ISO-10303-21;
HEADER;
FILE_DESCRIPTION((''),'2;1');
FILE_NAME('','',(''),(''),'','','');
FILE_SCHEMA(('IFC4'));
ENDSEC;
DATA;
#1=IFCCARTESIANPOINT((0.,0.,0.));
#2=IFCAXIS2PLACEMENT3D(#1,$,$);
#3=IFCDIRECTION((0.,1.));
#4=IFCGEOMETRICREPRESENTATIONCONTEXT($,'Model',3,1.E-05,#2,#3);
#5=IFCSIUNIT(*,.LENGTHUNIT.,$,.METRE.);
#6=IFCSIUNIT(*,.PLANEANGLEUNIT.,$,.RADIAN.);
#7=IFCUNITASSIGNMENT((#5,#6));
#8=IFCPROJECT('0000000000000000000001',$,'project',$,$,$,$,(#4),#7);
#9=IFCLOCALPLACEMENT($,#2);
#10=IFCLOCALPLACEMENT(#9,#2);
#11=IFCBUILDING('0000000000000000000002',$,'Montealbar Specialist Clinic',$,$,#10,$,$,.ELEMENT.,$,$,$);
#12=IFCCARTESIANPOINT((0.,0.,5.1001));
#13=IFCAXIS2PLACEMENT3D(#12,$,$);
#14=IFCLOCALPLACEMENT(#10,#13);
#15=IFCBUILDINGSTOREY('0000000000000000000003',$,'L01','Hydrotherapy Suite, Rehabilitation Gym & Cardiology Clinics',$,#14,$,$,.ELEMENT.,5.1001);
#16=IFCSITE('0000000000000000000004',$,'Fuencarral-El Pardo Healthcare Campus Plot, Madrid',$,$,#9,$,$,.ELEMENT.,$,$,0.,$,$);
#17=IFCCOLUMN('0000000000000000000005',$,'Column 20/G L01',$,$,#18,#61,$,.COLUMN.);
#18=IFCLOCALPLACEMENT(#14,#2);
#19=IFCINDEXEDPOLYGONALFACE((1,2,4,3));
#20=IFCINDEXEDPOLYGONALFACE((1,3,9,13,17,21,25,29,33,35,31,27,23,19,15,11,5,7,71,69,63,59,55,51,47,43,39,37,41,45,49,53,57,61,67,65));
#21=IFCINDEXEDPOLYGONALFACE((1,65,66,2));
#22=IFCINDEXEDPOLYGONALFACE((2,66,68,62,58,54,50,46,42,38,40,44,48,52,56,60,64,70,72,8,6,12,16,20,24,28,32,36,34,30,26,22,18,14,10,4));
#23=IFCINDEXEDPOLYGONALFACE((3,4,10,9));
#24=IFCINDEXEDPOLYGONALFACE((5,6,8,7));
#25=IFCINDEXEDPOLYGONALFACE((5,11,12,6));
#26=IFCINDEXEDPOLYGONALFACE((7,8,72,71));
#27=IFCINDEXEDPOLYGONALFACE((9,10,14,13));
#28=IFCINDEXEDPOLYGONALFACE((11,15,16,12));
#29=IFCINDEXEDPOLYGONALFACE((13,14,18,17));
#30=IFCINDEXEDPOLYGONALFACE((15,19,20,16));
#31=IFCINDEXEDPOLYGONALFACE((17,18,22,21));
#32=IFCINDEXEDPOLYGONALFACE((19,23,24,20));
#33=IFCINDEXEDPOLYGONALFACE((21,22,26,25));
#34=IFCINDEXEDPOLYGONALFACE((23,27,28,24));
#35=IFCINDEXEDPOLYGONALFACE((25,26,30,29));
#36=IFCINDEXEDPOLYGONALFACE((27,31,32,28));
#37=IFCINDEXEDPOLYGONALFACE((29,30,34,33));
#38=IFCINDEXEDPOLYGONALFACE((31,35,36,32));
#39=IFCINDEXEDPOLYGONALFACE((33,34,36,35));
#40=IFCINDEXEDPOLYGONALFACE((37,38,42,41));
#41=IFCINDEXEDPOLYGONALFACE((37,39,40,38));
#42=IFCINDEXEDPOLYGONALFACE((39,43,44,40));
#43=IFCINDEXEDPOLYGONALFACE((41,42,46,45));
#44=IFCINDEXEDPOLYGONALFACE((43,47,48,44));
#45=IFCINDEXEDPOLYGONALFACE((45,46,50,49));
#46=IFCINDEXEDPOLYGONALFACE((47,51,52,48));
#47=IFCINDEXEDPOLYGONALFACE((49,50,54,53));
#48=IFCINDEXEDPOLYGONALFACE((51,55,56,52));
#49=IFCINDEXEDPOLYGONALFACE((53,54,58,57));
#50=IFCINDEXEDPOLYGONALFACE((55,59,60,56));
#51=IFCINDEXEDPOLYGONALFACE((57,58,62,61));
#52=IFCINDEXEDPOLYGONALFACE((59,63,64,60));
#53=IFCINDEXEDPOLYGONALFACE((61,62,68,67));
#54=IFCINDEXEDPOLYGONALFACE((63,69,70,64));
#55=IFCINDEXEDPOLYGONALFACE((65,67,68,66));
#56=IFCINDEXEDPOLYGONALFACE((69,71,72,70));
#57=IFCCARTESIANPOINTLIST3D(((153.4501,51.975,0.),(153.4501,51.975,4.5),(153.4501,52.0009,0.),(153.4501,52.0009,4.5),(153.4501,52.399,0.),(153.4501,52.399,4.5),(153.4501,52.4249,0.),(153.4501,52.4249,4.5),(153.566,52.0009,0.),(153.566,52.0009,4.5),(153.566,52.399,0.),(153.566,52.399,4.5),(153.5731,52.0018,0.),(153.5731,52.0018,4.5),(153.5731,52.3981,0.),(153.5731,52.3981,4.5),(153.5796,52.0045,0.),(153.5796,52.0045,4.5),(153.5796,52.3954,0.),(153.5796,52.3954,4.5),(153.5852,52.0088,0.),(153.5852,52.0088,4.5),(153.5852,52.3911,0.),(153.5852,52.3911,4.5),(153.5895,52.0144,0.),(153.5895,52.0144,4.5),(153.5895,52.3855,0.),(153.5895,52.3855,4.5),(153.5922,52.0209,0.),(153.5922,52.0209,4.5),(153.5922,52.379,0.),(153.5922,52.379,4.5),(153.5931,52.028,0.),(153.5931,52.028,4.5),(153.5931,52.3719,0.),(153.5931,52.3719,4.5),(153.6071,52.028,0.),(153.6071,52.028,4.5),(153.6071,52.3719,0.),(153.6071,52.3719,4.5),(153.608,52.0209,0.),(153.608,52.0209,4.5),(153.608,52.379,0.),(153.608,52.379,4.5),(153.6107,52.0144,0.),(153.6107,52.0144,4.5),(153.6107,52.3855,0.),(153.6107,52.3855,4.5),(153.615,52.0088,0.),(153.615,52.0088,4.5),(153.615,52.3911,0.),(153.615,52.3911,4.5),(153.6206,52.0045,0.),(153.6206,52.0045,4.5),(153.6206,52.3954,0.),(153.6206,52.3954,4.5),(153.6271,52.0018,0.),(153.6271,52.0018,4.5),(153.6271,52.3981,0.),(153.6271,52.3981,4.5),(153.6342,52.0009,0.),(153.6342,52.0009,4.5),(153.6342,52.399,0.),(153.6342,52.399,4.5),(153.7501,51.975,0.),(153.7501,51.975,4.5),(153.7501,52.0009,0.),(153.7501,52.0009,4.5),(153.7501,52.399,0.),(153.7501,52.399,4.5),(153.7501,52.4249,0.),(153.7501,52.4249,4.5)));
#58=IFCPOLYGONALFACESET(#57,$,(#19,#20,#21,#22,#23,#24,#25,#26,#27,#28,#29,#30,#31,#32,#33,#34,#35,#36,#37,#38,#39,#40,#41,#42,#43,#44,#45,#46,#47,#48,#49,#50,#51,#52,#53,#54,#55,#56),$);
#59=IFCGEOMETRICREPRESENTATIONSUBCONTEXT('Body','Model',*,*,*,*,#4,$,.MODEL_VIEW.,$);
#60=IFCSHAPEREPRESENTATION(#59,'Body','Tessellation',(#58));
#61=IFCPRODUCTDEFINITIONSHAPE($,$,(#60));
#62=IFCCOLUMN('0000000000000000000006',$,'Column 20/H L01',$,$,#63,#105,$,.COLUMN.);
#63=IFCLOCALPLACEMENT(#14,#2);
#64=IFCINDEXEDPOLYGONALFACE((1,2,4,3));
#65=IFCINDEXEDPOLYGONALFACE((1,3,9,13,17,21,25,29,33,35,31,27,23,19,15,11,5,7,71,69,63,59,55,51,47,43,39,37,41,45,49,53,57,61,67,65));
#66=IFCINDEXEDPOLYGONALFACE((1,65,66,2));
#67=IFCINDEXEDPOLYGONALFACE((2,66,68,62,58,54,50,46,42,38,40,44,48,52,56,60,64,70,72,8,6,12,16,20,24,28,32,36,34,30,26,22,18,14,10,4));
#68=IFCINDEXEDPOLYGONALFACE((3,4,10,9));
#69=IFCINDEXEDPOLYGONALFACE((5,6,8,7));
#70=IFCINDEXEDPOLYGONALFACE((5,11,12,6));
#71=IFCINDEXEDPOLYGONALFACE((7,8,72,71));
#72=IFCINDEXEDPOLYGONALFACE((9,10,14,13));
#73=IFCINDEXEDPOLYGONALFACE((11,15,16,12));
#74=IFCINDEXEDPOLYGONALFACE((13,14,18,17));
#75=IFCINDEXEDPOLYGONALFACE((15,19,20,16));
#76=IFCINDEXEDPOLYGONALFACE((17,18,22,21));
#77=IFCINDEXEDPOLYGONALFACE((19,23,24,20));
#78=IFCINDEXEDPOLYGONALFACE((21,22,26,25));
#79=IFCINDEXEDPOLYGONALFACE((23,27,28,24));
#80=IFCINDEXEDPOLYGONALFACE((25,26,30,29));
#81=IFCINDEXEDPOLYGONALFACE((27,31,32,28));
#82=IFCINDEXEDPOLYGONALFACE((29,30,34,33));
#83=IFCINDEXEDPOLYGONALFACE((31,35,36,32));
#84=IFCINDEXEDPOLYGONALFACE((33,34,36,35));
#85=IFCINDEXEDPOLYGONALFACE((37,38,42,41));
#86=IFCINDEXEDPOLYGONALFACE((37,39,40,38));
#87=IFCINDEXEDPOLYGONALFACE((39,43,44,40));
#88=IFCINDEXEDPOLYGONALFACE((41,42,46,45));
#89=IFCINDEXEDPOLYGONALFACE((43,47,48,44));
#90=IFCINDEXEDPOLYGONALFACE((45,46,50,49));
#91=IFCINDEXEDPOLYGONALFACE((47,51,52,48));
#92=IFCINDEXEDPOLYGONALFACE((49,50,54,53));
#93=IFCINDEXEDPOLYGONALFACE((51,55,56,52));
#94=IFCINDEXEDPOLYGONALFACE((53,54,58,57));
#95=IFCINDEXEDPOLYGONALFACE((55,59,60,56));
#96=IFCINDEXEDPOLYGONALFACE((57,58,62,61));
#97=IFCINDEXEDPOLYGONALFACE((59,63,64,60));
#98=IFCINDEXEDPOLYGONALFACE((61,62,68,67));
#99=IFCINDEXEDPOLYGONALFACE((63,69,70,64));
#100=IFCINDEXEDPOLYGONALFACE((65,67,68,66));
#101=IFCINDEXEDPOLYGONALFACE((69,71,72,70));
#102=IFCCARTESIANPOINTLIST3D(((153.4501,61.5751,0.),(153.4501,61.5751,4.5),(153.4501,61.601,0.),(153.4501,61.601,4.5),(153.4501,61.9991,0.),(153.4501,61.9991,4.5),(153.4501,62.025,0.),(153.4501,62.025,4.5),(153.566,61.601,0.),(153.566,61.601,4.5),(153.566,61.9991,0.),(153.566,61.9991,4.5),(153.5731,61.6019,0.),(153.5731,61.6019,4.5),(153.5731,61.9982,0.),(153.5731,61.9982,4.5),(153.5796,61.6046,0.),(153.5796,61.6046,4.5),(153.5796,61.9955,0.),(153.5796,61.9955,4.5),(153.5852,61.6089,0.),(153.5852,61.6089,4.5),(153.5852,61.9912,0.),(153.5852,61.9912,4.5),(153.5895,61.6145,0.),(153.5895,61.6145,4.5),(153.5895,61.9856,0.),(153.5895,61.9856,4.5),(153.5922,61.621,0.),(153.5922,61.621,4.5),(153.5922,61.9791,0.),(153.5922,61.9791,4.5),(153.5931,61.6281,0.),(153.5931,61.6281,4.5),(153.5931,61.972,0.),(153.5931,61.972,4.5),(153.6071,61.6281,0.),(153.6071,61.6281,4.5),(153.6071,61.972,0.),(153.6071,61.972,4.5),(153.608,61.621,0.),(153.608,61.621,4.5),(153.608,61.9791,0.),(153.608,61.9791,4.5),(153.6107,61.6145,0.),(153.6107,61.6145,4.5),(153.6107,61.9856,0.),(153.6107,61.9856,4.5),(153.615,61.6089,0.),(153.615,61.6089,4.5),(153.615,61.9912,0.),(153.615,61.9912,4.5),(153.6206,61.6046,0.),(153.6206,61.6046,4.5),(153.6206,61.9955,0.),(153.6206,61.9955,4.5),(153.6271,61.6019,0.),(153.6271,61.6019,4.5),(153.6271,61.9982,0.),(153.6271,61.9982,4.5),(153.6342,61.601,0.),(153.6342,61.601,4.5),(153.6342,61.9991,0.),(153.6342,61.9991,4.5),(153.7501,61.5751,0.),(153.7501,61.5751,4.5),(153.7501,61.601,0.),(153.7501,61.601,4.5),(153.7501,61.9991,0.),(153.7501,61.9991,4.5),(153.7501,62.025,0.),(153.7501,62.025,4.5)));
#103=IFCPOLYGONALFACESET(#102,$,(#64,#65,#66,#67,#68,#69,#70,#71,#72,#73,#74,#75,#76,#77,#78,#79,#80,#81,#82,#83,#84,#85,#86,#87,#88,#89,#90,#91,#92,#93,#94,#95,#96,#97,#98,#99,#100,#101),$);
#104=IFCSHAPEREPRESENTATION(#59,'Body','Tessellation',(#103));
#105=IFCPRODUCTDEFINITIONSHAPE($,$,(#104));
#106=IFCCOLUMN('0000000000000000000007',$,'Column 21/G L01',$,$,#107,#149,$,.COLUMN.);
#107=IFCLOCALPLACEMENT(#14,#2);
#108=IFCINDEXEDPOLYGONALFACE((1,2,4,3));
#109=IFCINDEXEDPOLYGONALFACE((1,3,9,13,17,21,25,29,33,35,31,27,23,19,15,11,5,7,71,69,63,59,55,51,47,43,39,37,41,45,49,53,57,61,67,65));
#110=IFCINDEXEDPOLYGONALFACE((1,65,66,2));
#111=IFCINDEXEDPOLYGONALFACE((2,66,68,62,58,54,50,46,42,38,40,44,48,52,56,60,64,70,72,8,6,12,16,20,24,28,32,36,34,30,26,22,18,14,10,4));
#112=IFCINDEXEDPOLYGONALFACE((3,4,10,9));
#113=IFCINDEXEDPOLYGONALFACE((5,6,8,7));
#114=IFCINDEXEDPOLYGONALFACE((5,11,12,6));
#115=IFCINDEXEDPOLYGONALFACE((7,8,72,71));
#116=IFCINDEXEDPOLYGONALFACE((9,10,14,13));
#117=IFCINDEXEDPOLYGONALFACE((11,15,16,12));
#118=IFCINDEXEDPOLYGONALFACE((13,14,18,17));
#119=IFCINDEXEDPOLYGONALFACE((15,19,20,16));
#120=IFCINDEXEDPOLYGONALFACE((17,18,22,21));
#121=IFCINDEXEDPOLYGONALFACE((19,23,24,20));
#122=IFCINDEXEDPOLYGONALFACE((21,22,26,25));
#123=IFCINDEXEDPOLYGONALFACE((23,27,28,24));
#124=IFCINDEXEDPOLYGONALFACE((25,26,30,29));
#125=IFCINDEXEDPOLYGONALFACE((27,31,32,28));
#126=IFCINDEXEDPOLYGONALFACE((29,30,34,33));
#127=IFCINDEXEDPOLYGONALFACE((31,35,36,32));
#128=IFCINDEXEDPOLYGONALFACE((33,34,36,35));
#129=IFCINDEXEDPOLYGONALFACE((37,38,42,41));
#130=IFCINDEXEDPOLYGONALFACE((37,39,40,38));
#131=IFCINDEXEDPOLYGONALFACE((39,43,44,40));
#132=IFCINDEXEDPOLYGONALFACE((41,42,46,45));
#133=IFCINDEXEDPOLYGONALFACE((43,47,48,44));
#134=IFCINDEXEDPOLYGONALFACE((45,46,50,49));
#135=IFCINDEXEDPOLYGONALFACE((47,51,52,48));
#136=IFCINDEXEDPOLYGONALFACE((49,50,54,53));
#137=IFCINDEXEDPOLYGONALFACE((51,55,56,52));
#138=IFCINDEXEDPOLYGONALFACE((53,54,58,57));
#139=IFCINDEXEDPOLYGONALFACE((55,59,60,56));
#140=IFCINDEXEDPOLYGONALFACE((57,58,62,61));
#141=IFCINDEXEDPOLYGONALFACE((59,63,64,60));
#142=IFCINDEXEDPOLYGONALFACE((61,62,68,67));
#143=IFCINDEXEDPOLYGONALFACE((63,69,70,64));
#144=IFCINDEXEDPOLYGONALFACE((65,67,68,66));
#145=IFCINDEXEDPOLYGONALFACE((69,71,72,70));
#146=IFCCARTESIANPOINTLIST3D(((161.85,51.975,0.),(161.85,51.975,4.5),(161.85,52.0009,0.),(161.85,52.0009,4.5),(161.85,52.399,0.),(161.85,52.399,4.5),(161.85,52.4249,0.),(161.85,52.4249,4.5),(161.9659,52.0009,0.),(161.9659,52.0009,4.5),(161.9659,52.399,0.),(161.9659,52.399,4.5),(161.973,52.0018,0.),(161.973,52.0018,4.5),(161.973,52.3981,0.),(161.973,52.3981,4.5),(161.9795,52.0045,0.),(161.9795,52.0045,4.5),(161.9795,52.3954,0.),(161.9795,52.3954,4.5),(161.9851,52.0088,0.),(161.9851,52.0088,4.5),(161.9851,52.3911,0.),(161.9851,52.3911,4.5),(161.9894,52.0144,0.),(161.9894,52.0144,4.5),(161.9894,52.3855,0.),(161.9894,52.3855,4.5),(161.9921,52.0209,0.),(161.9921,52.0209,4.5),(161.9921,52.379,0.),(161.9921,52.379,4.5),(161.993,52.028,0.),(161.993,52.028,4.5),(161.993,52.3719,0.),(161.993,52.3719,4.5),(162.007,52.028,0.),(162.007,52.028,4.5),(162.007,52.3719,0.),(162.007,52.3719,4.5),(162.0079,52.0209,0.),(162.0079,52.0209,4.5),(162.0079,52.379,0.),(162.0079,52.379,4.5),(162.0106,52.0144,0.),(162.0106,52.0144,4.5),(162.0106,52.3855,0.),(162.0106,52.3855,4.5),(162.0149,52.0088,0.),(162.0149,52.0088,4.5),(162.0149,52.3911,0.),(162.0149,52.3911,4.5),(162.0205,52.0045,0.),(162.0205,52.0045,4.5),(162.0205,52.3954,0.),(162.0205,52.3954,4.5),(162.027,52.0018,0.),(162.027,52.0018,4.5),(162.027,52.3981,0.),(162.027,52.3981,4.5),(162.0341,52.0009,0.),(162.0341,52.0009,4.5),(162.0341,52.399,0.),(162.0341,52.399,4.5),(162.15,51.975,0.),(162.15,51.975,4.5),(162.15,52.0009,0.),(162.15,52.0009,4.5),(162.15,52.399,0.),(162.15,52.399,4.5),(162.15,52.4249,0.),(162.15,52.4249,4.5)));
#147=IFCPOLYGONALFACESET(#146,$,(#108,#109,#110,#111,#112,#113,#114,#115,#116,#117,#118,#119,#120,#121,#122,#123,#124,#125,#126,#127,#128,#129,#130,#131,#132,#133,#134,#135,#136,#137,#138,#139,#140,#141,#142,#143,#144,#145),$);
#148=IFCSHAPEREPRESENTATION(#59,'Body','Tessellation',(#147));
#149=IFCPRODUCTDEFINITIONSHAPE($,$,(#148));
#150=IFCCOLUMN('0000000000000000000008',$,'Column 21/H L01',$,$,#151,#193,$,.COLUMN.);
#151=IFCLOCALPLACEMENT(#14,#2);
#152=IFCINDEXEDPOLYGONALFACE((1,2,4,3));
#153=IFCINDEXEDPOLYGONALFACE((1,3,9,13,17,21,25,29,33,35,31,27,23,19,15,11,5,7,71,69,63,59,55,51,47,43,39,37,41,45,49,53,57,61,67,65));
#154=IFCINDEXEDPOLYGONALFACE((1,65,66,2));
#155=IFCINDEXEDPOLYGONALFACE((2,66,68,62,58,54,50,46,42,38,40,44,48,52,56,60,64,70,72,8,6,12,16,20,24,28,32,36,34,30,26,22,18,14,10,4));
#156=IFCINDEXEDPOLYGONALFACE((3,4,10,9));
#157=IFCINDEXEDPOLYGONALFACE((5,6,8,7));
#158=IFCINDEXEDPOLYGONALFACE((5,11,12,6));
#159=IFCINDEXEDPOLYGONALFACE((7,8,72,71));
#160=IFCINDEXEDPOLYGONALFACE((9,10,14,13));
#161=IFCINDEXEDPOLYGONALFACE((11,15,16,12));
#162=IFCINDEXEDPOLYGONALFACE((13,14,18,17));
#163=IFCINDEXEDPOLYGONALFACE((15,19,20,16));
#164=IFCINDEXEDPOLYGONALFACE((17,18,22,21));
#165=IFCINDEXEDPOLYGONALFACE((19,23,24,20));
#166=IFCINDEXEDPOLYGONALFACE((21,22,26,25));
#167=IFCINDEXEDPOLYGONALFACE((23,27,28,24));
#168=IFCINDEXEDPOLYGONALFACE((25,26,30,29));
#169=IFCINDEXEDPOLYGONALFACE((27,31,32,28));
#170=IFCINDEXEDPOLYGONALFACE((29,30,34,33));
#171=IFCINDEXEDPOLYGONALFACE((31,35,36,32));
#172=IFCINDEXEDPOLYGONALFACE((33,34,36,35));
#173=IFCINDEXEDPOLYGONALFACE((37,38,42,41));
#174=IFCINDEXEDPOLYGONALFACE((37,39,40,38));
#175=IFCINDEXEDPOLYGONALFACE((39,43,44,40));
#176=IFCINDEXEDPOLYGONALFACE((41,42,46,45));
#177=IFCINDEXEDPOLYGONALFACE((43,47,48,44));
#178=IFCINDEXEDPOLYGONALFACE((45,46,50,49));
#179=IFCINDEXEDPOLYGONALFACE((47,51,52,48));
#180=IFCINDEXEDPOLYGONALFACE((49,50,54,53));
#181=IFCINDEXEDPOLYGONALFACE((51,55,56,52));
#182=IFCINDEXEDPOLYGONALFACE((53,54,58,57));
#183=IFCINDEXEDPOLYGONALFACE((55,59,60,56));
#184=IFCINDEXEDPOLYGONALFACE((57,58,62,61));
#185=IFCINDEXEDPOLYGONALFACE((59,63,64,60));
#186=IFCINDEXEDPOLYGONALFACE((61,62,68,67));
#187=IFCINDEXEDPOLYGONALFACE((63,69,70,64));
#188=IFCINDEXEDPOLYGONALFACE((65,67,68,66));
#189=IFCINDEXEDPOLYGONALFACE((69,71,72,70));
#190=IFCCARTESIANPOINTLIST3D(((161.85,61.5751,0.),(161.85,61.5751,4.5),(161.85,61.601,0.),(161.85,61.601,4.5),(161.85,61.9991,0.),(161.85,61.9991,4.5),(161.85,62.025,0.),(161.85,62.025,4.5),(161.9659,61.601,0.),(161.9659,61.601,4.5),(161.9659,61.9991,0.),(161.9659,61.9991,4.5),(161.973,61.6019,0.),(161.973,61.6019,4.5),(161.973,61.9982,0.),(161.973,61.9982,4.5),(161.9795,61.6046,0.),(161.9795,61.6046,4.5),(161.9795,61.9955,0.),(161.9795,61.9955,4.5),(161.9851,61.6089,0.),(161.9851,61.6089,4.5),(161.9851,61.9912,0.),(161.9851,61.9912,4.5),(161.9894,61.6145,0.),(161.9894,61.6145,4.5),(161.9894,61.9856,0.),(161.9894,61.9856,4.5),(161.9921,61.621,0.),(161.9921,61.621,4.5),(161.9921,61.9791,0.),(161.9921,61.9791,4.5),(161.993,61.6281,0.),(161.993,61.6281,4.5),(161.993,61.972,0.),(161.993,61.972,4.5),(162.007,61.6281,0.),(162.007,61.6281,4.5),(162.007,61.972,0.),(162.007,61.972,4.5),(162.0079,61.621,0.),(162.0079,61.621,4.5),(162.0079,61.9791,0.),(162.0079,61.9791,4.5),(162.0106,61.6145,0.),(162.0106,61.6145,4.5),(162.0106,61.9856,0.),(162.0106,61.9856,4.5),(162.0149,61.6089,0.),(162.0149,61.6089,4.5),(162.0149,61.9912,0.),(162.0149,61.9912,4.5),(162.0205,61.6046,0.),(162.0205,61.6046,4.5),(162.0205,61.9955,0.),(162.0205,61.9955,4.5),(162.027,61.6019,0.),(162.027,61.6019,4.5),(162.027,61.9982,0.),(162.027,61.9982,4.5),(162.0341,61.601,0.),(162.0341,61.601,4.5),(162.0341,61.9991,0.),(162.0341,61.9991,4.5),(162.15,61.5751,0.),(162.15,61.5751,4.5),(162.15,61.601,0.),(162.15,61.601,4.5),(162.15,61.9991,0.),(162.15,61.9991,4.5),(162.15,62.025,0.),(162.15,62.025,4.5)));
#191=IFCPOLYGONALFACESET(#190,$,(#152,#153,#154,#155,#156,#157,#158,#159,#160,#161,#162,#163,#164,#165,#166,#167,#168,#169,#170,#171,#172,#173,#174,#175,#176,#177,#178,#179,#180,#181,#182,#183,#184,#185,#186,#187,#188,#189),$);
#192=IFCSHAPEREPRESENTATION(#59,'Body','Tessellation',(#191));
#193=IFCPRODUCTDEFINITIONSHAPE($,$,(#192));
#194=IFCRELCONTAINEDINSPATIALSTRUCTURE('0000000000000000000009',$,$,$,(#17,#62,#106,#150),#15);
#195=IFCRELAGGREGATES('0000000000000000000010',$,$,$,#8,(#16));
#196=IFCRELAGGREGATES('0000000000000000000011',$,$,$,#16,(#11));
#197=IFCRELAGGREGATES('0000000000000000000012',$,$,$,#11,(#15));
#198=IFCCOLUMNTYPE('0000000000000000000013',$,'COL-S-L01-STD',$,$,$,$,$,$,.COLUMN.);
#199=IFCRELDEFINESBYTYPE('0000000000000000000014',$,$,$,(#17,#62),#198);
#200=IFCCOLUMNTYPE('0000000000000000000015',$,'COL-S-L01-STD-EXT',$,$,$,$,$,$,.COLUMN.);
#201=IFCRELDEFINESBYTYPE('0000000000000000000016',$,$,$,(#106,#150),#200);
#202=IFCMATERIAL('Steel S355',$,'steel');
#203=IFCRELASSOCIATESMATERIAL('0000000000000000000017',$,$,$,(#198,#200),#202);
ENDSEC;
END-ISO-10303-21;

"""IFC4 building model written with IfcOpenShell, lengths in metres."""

from ifc_helpers import new_model, si_unit, direction, frame, origin, origin_2d, place, context, subcontext, project, spatial, i_section, extrude, material, material_profile, profile_set, type_object, element, save


model = new_model("IFC4")

# Units and contexts
model_context = context("Model", 3, precision=1e-05, world=origin(), true_north=direction((0.0, 1.0)))
body_context = subcontext(model_context, "Body", "Model", "MODEL_VIEW")
ifc_project = project(units=[si_unit("LENGTHUNIT", "METRE"), si_unit("PLANEANGLEUNIT", "RADIAN")], contexts=[model_context])

# Site, building, storey
site_placement = place(None, origin())
site = spatial("IfcSite", under=ifc_project, at=site_placement, Name="Fuencarral-El Pardo Healthcare Campus Plot, Madrid", CompositionType="ELEMENT", RefElevation=0.0)
building_placement = place(site_placement, origin())
building = spatial("IfcBuilding", under=site, at=building_placement, Name="Montealbar Specialist Clinic", CompositionType="ELEMENT")
storey_placement = place(building_placement, frame((0.0, 0.0, 5.1001)))
storey = spatial("IfcBuildingStorey", under=building, at=storey_placement, Name="L01", Description="Hydrotherapy Suite, Rehabilitation Gym & Cardiology Clinics", CompositionType="ELEMENT", Elevation=5.1001)

# Columns
ifc_material_1 = material(Name="Steel S355", Category="steel")
ifc_material_profile_1 = material_profile(ifc_material_1, i_section(OverallWidth=0.3, OverallDepth=0.45, WebThickness=0.0139, FlangeThickness=0.0259, FilletRadius=0.0271, at=origin_2d()), Name="HEB 450", Category="steel")
ifc_profile_set_1 = profile_set([ifc_material_profile_1], Name="Steel S355")
column_type_1 = type_object("IfcColumnType", Name="COL-S-L01-STD", PredefinedType="COLUMN", material=ifc_profile_set_1)
for number, where, z_axis, x_axis, name in (
    (1, (153.6001, 52.2, 0.0), (0.0, 0.0, 1.0), (1.0, 0.0, 0.0), "Column 20/G L01"),
    (2, (153.6001, 61.8, 0.0), (0.0, 0.0, 1.0), (1.0, 0.0, 0.0), "Column 20/H L01"),
):
    element("IfcColumn", number, at=place(storey_placement, frame(where, z_axis=z_axis, x_axis=x_axis)), inside=storey, type_object=column_type_1, Name=name, PredefinedType="COLUMN", context=body_context, shape_type="SweptSolid", body=[
        extrude(i_section(OverallWidth=0.3, OverallDepth=0.45, WebThickness=0.0139, FlangeThickness=0.0259, FilletRadius=0.0271, at=origin_2d()), origin(), (0.0, 0.0, 1.0), 4.5),
    ])
ifc_material_profile_2 = material_profile(ifc_material_1, i_section(OverallWidth=0.3, OverallDepth=0.45, WebThickness=0.0139, FlangeThickness=0.0259, FilletRadius=0.0271, at=origin_2d()), Name="HEB 450", Category="steel")
ifc_profile_set_2 = profile_set([ifc_material_profile_2], Name="Steel S355")
column_type_2 = type_object("IfcColumnType", Name="COL-S-L01-STD-EXT", PredefinedType="COLUMN", material=ifc_profile_set_2)
for number, where, z_axis, x_axis, name in (
    (3, (162.0, 52.2, 0.0), (0.0, 0.0, 1.0), (1.0, 0.0, 0.0), "Column 21/G L01"),
    (4, (162.0, 61.8, 0.0), (0.0, 0.0, 1.0), (1.0, 0.0, 0.0), "Column 21/H L01"),
):
    element("IfcColumn", number, at=place(storey_placement, frame(where, z_axis=z_axis, x_axis=x_axis)), inside=storey, type_object=column_type_2, Name=name, PredefinedType="COLUMN", context=body_context, shape_type="SweptSolid", body=[
        extrude(i_section(OverallWidth=0.3, OverallDepth=0.45, WebThickness=0.0139, FlangeThickness=0.0259, FilletRadius=0.0271, at=origin_2d()), origin(), (0.0, 0.0, 1.0), 4.5),
    ])

save(model, "model.ifc")
